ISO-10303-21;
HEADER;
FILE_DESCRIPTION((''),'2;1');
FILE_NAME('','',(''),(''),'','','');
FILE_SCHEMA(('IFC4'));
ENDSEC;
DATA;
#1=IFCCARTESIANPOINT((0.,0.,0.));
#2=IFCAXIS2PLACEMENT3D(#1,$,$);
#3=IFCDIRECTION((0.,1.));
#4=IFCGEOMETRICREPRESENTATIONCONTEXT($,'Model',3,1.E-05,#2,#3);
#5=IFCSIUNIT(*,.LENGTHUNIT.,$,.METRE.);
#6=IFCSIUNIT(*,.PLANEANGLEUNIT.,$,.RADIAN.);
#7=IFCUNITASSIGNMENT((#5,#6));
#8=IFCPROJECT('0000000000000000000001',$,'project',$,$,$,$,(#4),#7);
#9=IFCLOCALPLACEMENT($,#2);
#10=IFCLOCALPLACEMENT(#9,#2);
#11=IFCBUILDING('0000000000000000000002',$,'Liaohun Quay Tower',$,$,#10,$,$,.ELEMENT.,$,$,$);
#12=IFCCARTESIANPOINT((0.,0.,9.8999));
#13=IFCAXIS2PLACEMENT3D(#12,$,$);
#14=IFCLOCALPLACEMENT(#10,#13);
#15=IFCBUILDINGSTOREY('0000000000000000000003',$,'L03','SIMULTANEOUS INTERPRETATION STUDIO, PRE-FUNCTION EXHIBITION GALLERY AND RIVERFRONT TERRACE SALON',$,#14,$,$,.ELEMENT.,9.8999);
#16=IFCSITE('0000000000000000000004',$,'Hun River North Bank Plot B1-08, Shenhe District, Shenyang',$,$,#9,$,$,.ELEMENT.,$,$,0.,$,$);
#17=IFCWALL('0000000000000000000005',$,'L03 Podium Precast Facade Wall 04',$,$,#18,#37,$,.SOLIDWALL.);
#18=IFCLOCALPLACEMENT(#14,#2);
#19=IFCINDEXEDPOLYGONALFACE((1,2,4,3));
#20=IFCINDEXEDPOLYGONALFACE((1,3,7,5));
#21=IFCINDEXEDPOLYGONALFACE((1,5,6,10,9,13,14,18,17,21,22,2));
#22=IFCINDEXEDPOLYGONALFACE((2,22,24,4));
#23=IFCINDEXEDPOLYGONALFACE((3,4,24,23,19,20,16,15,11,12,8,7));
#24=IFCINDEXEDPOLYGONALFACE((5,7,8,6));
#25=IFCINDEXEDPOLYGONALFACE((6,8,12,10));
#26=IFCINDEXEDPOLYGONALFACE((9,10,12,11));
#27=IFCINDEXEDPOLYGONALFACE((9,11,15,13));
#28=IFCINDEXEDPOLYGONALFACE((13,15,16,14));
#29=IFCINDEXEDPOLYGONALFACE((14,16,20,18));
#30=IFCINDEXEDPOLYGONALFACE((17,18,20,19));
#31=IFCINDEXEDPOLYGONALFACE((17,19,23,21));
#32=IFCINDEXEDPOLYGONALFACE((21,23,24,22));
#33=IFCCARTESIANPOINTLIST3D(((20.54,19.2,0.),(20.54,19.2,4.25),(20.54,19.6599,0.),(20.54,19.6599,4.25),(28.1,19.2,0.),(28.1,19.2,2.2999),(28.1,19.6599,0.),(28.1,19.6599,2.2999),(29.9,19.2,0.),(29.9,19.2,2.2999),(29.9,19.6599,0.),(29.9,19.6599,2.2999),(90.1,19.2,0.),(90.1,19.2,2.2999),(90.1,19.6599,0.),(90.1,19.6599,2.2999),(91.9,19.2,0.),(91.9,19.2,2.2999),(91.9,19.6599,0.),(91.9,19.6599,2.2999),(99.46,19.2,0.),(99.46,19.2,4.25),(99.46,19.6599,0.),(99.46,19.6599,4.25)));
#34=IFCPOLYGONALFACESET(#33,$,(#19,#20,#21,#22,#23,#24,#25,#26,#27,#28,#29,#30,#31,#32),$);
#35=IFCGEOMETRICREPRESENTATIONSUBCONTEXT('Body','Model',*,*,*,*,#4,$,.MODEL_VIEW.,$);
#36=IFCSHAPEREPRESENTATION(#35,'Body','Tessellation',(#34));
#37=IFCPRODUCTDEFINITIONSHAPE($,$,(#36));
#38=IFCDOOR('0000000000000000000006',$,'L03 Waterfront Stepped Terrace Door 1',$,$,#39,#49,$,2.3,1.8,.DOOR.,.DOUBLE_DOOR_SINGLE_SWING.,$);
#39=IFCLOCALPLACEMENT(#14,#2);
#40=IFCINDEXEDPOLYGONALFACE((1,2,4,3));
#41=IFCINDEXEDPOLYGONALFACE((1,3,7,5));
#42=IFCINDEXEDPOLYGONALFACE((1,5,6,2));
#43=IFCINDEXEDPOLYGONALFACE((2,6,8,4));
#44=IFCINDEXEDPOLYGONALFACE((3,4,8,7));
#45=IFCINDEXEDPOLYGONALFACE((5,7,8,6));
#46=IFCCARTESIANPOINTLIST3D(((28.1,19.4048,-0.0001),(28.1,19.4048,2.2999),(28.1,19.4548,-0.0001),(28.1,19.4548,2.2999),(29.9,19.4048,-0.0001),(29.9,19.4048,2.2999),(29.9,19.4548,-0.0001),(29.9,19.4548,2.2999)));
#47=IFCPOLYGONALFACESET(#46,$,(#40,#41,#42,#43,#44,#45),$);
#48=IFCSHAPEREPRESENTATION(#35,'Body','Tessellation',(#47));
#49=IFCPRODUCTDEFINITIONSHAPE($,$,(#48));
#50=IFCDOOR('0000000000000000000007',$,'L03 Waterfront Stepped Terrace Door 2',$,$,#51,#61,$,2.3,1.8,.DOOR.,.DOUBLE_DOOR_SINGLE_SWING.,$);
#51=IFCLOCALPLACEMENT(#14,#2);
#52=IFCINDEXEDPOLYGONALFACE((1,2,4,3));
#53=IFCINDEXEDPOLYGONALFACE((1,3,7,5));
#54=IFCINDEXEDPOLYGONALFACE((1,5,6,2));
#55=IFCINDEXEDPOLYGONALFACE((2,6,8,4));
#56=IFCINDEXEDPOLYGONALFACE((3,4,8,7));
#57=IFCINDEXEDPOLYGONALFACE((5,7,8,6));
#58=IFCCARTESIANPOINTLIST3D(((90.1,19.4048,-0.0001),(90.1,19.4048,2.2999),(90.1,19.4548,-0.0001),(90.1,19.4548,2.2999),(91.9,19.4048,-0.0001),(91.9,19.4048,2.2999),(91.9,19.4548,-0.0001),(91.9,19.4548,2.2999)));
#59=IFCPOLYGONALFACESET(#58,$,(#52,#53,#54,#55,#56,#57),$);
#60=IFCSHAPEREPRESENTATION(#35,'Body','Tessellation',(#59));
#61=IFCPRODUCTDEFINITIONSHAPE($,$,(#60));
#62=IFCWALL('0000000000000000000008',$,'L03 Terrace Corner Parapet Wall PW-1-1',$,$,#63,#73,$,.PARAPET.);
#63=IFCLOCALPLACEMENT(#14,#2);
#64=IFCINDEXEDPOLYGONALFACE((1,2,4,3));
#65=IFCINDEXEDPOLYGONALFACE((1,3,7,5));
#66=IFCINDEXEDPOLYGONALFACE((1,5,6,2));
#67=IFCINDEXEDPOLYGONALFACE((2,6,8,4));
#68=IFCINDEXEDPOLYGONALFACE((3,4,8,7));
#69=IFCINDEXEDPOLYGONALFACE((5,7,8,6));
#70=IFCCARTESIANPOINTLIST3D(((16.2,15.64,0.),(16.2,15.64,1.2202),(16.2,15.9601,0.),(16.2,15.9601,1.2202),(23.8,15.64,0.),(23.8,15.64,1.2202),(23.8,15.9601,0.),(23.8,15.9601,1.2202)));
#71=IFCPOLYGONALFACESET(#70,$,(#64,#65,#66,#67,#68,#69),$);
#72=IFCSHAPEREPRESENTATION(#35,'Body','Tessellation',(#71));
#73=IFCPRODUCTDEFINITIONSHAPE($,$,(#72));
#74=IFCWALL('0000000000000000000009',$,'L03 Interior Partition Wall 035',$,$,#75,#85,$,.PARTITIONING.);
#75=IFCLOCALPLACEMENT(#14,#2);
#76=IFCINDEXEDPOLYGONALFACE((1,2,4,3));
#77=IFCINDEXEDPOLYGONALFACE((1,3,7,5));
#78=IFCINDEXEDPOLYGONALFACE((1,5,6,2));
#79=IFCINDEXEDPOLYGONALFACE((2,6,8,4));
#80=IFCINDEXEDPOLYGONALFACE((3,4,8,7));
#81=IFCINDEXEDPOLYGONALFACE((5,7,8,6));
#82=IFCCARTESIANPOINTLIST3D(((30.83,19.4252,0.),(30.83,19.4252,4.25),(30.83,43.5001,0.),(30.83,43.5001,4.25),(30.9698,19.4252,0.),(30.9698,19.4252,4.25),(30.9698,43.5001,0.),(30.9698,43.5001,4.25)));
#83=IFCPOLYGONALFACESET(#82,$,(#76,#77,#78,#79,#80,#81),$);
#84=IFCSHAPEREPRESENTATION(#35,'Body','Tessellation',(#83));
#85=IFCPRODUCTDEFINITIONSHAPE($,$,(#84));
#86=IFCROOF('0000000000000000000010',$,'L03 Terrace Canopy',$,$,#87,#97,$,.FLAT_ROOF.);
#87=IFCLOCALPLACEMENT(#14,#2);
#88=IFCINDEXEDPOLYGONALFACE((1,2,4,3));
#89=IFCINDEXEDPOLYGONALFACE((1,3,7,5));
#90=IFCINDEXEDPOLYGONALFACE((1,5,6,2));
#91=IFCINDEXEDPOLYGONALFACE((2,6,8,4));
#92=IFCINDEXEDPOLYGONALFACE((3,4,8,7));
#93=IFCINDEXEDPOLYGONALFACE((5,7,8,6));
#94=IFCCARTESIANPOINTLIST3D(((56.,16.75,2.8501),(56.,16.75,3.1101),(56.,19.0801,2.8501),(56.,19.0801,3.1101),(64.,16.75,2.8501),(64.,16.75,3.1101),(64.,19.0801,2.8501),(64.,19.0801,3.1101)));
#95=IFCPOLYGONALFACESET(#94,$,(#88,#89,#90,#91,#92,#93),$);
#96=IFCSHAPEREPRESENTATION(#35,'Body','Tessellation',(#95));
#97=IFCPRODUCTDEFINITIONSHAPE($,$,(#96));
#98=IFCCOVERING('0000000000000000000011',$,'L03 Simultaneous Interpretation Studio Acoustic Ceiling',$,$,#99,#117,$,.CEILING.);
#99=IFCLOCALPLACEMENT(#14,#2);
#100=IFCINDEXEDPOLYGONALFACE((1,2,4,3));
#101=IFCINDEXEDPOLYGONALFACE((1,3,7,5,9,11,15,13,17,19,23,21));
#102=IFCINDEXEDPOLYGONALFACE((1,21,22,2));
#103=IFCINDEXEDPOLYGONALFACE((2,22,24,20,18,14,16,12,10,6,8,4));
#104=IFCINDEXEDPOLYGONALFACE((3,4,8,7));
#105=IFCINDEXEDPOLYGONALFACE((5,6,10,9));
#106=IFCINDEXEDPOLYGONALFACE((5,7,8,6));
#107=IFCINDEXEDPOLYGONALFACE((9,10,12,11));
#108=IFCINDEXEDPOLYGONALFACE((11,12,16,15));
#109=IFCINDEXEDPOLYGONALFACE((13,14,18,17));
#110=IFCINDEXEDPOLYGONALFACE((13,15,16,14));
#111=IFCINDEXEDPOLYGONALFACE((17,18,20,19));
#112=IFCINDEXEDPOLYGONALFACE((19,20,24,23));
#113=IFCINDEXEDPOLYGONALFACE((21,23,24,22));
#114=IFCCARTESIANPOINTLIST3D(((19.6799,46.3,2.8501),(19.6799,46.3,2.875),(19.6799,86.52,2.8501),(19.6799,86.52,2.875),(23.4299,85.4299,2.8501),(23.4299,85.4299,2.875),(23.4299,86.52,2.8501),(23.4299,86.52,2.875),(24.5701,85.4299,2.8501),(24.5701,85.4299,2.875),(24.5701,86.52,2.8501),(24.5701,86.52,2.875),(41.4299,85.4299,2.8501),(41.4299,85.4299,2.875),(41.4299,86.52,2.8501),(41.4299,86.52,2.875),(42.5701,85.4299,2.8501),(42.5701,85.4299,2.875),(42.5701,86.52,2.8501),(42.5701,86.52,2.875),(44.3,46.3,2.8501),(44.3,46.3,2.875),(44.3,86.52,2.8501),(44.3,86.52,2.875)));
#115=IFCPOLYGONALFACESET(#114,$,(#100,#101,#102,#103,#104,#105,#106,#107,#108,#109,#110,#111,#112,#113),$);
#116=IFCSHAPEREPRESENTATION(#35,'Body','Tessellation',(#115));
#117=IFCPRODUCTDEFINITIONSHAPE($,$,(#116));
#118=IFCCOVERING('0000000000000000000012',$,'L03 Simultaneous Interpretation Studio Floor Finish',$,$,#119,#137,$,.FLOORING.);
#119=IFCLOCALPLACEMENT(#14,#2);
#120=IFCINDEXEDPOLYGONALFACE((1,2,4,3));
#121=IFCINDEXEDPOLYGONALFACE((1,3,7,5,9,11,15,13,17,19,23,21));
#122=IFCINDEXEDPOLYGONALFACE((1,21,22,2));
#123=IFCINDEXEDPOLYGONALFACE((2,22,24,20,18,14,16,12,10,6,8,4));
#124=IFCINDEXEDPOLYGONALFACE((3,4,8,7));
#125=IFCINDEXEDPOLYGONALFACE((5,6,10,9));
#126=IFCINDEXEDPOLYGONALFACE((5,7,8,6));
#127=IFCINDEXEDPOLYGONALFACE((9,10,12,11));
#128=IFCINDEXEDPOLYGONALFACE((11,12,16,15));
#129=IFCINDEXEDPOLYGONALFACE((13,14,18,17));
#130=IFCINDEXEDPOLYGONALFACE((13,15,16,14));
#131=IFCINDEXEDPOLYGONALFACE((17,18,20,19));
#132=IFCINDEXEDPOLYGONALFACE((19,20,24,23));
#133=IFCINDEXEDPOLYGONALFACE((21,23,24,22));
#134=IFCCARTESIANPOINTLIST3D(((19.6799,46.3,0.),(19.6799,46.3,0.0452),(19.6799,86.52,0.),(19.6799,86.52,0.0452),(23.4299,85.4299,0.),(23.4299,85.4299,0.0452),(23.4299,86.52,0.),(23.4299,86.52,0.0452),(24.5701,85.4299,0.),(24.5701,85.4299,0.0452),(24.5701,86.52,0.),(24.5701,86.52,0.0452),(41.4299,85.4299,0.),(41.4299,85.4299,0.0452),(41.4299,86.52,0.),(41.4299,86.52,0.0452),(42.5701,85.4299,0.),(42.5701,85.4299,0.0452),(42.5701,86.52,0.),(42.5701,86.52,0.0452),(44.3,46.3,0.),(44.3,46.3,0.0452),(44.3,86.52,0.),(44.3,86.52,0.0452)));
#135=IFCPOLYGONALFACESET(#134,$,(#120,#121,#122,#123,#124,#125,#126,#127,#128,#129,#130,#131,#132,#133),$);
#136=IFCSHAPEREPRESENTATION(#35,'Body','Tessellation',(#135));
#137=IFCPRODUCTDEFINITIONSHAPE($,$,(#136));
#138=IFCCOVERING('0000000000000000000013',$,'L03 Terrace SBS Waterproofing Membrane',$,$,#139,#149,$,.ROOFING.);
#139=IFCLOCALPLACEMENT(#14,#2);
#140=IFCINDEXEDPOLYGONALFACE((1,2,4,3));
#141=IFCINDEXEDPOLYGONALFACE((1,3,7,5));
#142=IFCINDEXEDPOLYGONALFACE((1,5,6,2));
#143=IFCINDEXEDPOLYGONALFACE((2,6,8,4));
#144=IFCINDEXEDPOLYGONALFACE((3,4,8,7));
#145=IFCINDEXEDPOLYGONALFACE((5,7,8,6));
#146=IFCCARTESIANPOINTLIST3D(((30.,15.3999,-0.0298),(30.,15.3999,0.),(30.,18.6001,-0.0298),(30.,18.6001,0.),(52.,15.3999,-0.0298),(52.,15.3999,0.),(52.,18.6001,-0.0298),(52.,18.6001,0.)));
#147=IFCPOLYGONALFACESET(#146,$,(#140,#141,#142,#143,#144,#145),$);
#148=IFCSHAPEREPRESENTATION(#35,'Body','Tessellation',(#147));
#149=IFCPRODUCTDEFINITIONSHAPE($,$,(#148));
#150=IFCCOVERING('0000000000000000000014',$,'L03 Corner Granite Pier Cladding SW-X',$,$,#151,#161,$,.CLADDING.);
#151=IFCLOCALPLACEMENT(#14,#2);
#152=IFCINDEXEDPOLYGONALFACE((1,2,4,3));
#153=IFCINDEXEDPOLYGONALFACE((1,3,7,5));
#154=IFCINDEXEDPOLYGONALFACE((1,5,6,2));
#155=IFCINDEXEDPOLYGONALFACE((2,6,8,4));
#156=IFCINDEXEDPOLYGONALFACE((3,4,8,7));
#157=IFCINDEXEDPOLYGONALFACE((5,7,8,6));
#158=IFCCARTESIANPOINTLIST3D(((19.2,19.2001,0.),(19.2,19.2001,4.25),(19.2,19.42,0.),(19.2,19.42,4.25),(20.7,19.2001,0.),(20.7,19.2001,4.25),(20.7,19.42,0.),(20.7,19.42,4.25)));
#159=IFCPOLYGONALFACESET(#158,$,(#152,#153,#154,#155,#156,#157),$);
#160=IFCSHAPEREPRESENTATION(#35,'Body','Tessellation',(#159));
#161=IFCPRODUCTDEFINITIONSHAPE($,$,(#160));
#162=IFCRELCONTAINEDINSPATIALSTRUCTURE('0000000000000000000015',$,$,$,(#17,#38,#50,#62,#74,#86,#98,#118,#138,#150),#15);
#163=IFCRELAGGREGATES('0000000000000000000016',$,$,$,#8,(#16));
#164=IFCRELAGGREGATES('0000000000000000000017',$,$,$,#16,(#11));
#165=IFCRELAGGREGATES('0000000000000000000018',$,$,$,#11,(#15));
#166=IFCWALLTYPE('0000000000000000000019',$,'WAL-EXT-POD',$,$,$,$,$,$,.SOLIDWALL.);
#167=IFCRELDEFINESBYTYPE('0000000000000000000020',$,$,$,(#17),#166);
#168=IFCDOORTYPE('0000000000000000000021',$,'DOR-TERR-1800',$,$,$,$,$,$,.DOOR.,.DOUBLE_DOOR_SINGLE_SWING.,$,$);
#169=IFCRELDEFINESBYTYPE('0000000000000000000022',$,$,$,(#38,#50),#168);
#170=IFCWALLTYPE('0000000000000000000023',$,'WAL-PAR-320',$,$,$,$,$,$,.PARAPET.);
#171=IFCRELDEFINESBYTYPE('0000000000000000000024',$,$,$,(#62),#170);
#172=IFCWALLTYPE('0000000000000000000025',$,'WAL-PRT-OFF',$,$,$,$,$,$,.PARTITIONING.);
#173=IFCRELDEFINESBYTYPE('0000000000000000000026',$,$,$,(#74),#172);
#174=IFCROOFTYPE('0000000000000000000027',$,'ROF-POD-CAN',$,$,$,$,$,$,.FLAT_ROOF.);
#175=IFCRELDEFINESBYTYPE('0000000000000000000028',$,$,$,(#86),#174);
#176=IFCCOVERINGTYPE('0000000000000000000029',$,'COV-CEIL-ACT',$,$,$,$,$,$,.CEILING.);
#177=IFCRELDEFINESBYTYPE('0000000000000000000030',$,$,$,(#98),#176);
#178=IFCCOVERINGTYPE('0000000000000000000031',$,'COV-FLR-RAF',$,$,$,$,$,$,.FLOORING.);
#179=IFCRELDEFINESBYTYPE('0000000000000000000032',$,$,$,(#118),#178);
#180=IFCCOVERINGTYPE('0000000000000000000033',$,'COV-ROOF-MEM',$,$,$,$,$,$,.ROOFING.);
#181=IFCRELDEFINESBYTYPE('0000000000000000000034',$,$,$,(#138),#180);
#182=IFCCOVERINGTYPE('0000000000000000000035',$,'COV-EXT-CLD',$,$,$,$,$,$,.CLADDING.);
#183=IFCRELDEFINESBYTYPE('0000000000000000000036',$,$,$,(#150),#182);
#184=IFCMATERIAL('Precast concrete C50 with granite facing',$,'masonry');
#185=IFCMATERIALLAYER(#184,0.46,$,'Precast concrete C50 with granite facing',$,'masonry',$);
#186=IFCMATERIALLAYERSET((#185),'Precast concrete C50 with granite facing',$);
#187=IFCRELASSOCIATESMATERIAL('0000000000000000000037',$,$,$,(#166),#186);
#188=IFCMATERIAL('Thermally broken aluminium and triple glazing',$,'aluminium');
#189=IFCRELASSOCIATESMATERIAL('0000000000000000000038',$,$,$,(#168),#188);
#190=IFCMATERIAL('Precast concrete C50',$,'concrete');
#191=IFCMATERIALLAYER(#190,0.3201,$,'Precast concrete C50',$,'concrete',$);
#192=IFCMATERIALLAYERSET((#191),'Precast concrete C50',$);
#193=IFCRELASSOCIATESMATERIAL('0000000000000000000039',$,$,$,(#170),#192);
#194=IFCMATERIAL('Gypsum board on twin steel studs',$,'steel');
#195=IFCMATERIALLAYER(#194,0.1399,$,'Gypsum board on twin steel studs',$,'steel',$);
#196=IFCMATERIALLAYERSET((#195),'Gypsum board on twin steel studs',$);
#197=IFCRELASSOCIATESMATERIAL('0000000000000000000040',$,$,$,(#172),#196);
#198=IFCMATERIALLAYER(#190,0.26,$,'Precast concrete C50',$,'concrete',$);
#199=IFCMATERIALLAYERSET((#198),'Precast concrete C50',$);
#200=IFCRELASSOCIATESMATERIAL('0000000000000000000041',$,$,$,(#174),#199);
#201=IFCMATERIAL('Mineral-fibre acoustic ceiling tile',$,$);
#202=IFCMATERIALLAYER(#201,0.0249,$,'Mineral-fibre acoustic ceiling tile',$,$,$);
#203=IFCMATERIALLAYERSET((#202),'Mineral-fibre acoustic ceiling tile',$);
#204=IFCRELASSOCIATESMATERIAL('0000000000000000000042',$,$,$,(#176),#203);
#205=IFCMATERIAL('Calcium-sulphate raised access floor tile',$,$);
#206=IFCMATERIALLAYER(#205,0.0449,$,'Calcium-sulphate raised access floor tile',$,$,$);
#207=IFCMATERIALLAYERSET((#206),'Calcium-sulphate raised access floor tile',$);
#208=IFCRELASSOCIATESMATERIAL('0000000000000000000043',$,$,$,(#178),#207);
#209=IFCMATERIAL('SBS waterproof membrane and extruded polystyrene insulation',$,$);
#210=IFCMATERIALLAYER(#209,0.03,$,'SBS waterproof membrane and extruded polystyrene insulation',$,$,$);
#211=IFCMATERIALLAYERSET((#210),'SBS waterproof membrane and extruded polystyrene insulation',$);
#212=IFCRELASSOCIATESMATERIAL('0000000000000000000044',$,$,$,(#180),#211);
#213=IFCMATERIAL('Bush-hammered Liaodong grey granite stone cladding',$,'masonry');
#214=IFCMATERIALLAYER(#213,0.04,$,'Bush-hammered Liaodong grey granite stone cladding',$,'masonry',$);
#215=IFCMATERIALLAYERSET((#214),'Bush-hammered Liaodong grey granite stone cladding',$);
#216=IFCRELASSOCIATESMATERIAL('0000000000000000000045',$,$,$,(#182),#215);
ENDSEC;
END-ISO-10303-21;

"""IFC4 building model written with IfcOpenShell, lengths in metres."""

from ifc_helpers import new_model, si_unit, direction, frame, frame_2d, origin, origin_2d, place, context, subcontext, project, spatial, polyline, rectangle, outline, extrude, source, transform, mapped, material, layer, layer_set, type_object, element, fill, save


model = new_model("IFC4")

# Units and contexts
model_context = context("Model", 3, precision=1e-05, world=origin(), true_north=direction((0.0, 1.0)))
body_context = subcontext(model_context, "Body", "Model", "MODEL_VIEW")
ifc_project = project(units=[si_unit("LENGTHUNIT", "METRE"), si_unit("PLANEANGLEUNIT", "RADIAN")], contexts=[model_context])

# Site, building, storey
site_placement = place(None, origin())
site = spatial("IfcSite", under=ifc_project, at=site_placement, Name="Hun River North Bank Plot B1-08, Shenhe District, Shenyang", CompositionType="ELEMENT", RefElevation=0.0)
building_placement = place(site_placement, origin())
building = spatial("IfcBuilding", under=site, at=building_placement, Name="Liaohun Quay Tower", CompositionType="ELEMENT")
storey_placement = place(building_placement, frame((0.0, 0.0, 9.8999)))
storey = spatial("IfcBuildingStorey", under=building, at=storey_placement, Name="L03", Description="SIMULTANEOUS INTERPRETATION STUDIO, PRE-FUNCTION EXHIBITION GALLERY AND RIVERFRONT TERRACE SALON", CompositionType="ELEMENT", Elevation=9.8999)

# Shared definitions
ifc_material_1 = material(Name="Precast concrete C50", Category="concrete")

# Wall, openings, doors
ifc_material_2 = material(Name="Precast concrete C50 with granite facing", Category="masonry")
ifc_layer_1 = layer(ifc_material_2, 0.46, Name="Precast concrete C50 with granite facing", Category="masonry")
ifc_layer_set_1 = layer_set([ifc_layer_1], Name="Precast concrete C50 with granite facing")
wall_type_1 = type_object("IfcWallType", Name="WAL-EXT-POD", PredefinedType="SOLIDWALL", material=ifc_layer_set_1)
wall_1_placement = place(storey_placement, frame((20.54, 19.4299, 0.0), z_axis=(0.0, 0.0, 1.0), x_axis=(1.0, 0.0, 0.0)))
wall_1 = element("IfcWall", 1, at=wall_1_placement, inside=storey, type_object=wall_type_1, Name="L03 Podium Precast Facade Wall 04", PredefinedType="SOLIDWALL", context=body_context, shape_type="SweptSolid", body=[
    extrude(rectangle(XDim=78.9199, YDim=0.46, at=frame_2d((39.46, 0.0))), origin(), (0.0, 0.0, 1.0), 4.25),
])
shared_shape_1 = source(origin(), body_context, "Body", "SweptSolid", [
    extrude(rectangle(XDim=1.8, YDim=2.3, at=frame_2d((0.8999, 1.1499))), frame((0.0, 0.24, 0.0), z_axis=(0.0, -1.0, 0.0), x_axis=(1.0, 0.0, 0.0)), (0.0, 0.0, 1.0), 0.48),
])
opening_1_placement = place(wall_1_placement, frame((7.5601, 0.0, 0.0)))
opening_1 = element("IfcOpeningElement", 2, at=opening_1_placement, cuts=wall_1, PredefinedType="OPENING", context=body_context, shape_type="MappedRepresentation", body=[
    mapped(shared_shape_1, transform((0.0, 0.0, 0.0), x_axis=(1.0, 0.0, 0.0), y_axis=(0.0, 1.0, 0.0), z_axis=(0.0, 0.0, 1.0), scale=1.0)),
])
opening_2_placement = place(wall_1_placement, frame((69.5601, 0.0, 0.0)))
opening_2 = element("IfcOpeningElement", 3, at=opening_2_placement, cuts=wall_1, PredefinedType="OPENING", context=body_context, shape_type="MappedRepresentation", body=[
    mapped(shared_shape_1, transform((0.0, 0.0, 0.0), x_axis=(1.0, 0.0, 0.0), y_axis=(0.0, 1.0, 0.0), z_axis=(0.0, 0.0, 1.0), scale=1.0)),
])
ifc_material_3 = material(Name="Thermally broken aluminium and triple glazing", Category="aluminium")
door_type = type_object("IfcDoorType", Name="DOR-TERR-1800", OperationType="DOUBLE_DOOR_SINGLE_SWING", PredefinedType="DOOR", material=ifc_material_3)
shared_shape_2 = source(origin(), body_context, "Body", "SweptSolid", [
    extrude(rectangle(XDim=1.8, YDim=2.3, at=frame_2d((0.8999, 1.1499))), frame((0.0, 0.0249, 0.0), z_axis=(0.0, -1.0, 0.0), x_axis=(1.0, 0.0, 0.0)), (0.0, 0.0, 1.0), 0.05),
])
door_1_placement = place(opening_1_placement, origin())
door_1 = element("IfcDoor", 4, at=door_1_placement, inside=storey, type_object=door_type, Name="L03 Waterfront Stepped Terrace Door 1", OperationType="DOUBLE_DOOR_SINGLE_SWING", OverallHeight=2.3, OverallWidth=1.8, PredefinedType="DOOR", context=body_context, shape_type="MappedRepresentation", body=[
    mapped(shared_shape_2, transform((0.0, 0.0, 0.0), x_axis=(1.0, 0.0, 0.0), y_axis=(0.0, 1.0, 0.0), z_axis=(0.0, 0.0, 1.0), scale=1.0)),
])
fill(opening_1, door_1)
door_2_placement = place(opening_2_placement, origin())
door_2 = element("IfcDoor", 5, at=door_2_placement, inside=storey, type_object=door_type, Name="L03 Waterfront Stepped Terrace Door 2", OperationType="DOUBLE_DOOR_SINGLE_SWING", OverallHeight=2.3, OverallWidth=1.8, PredefinedType="DOOR", context=body_context, shape_type="MappedRepresentation", body=[
    mapped(shared_shape_2, transform((0.0, 0.0, 0.0), x_axis=(1.0, 0.0, 0.0), y_axis=(0.0, 1.0, 0.0), z_axis=(0.0, 0.0, 1.0), scale=1.0)),
])
fill(opening_2, door_2)

# Walls
ifc_layer_2 = layer(ifc_material_1, 0.3201, Name="Precast concrete C50", Category="concrete")
ifc_layer_set_2 = layer_set([ifc_layer_2], Name="Precast concrete C50")
wall_type_2 = type_object("IfcWallType", Name="WAL-PAR-320", PredefinedType="PARAPET", material=ifc_layer_set_2)
wall_2_placement = place(storey_placement, frame((16.2, 15.8, 0.0), z_axis=(0.0, 0.0, 1.0), x_axis=(1.0, 0.0, 0.0)))
element("IfcWall", 6, at=wall_2_placement, inside=storey, type_object=wall_type_2, Name="L03 Terrace Corner Parapet Wall PW-1-1", PredefinedType="PARAPET", context=body_context, shape_type="SweptSolid", body=[
    extrude(rectangle(XDim=7.6001, YDim=0.3201, at=frame_2d((3.8, 0.0))), origin(), (0.0, 0.0, 1.0), 1.2202),
])
ifc_material_4 = material(Name="Gypsum board on twin steel studs", Category="steel")
ifc_layer_3 = layer(ifc_material_4, 0.1399, Name="Gypsum board on twin steel studs", Category="steel")
ifc_layer_set_3 = layer_set([ifc_layer_3], Name="Gypsum board on twin steel studs")
wall_type_3 = type_object("IfcWallType", Name="WAL-PRT-OFF", PredefinedType="PARTITIONING", material=ifc_layer_set_3)
wall_3_placement = place(storey_placement, frame((30.8999, 19.425, 0.0), z_axis=(0.0, 0.0, 1.0), x_axis=(0.0, 1.0, 0.0)))
element("IfcWall", 7, at=wall_3_placement, inside=storey, type_object=wall_type_3, Name="L03 Interior Partition Wall 035", PredefinedType="PARTITIONING", context=body_context, shape_type="SweptSolid", body=[
    extrude(rectangle(XDim=24.075, YDim=0.1399, at=frame_2d((12.0376, 0.0))), origin(), (0.0, 0.0, 1.0), 4.25),
])

# Roof
ifc_layer_4 = layer(ifc_material_1, 0.26, Name="Precast concrete C50", Category="concrete")
ifc_layer_set_4 = layer_set([ifc_layer_4], Name="Precast concrete C50")
roof_type = type_object("IfcRoofType", Name="ROF-POD-CAN", PredefinedType="FLAT_ROOF", material=ifc_layer_set_4)
roof_placement = place(storey_placement, frame((0.0, 0.0, 2.8501)))
element("IfcRoof", 8, at=roof_placement, inside=storey, type_object=roof_type, Name="L03 Terrace Canopy", PredefinedType="FLAT_ROOF", context=body_context, shape_type="SweptSolid", body=[
    extrude(outline(polyline([(56.0, 16.75), (64.0, 16.75), (64.0, 19.0801), (56.0, 19.0801), (56.0, 16.75)])), origin(), (0.0, 0.0, 1.0), 0.26),
])

# Coverings
ifc_material_5 = material(Name="Mineral-fibre acoustic ceiling tile")
ifc_layer_5 = layer(ifc_material_5, 0.0249, Name="Mineral-fibre acoustic ceiling tile")
ifc_layer_set_5 = layer_set([ifc_layer_5], Name="Mineral-fibre acoustic ceiling tile")
covering_type_1 = type_object("IfcCoveringType", Name="COV-CEIL-ACT", PredefinedType="CEILING", material=ifc_layer_set_5)
covering_1_placement = place(storey_placement, frame((0.0, 0.0, 2.8501)))
element("IfcCovering", 9, at=covering_1_placement, inside=storey, type_object=covering_type_1, Name="L03 Simultaneous Interpretation Studio Acoustic Ceiling", PredefinedType="CEILING", context=body_context, shape_type="SweptSolid", body=[
    extrude(outline(polyline([(42.5701, 86.52), (42.5701, 85.4299), (41.4299, 85.4299), (41.4299, 86.52), (24.5701, 86.52), (24.5701, 85.4299), (23.4299, 85.4299), (23.4299, 86.52), (19.6799, 86.52), (19.6799, 46.3), (44.3, 46.3), (44.3, 86.52), (42.5701, 86.52)])), origin(), (0.0, 0.0, 1.0), 0.0249),
])
ifc_material_6 = material(Name="Calcium-sulphate raised access floor tile")
ifc_layer_6 = layer(ifc_material_6, 0.0449, Name="Calcium-sulphate raised access floor tile")
ifc_layer_set_6 = layer_set([ifc_layer_6], Name="Calcium-sulphate raised access floor tile")
covering_type_2 = type_object("IfcCoveringType", Name="COV-FLR-RAF", PredefinedType="FLOORING", material=ifc_layer_set_6)
covering_2_placement = place(storey_placement, origin())
element("IfcCovering", 10, at=covering_2_placement, inside=storey, type_object=covering_type_2, Name="L03 Simultaneous Interpretation Studio Floor Finish", PredefinedType="FLOORING", context=body_context, shape_type="SweptSolid", body=[
    extrude(outline(polyline([(42.5701, 86.52), (42.5701, 85.4299), (41.4299, 85.4299), (41.4299, 86.52), (24.5701, 86.52), (24.5701, 85.4299), (23.4299, 85.4299), (23.4299, 86.52), (19.6799, 86.52), (19.6799, 46.3), (44.3, 46.3), (44.3, 86.52), (42.5701, 86.52)])), origin(), (0.0, 0.0, 1.0), 0.0452),
])
ifc_material_7 = material(Name="SBS waterproof membrane and extruded polystyrene insulation")
ifc_layer_7 = layer(ifc_material_7, 0.03, Name="SBS waterproof membrane and extruded polystyrene insulation")
ifc_layer_set_7 = layer_set([ifc_layer_7], Name="SBS waterproof membrane and extruded polystyrene insulation")
covering_type_3 = type_object("IfcCoveringType", Name="COV-ROOF-MEM", PredefinedType="ROOFING", material=ifc_layer_set_7)
covering_3_placement = place(storey_placement, frame((0.0, 0.0, -0.0298)))
element("IfcCovering", 11, at=covering_3_placement, inside=storey, type_object=covering_type_3, Name="L03 Terrace SBS Waterproofing Membrane", PredefinedType="ROOFING", context=body_context, shape_type="SweptSolid", body=[
    extrude(outline(polyline([(30.0, 15.3999), (52.0, 15.3999), (52.0, 18.6001), (30.0, 18.6001), (30.0, 15.3999)])), origin(), (0.0, 0.0, 1.0), 0.0298),
])

# Covering
ifc_material_8 = material(Name="Bush-hammered Liaodong grey granite stone cladding", Category="masonry")
ifc_layer_8 = layer(ifc_material_8, 0.04, Name="Bush-hammered Liaodong grey granite stone cladding", Category="masonry")
ifc_layer_set_8 = layer_set([ifc_layer_8], Name="Bush-hammered Liaodong grey granite stone cladding")
covering_type_4 = type_object("IfcCoveringType", Name="COV-EXT-CLD", PredefinedType="CLADDING", material=ifc_layer_set_8)
shared_shape_3 = source(origin(), body_context, "Body", "SweptSolid", [
    extrude(rectangle(XDim=1.5, YDim=0.22, at=origin_2d()), origin(), (0.0, 0.0, 1.0), 4.25),
])
covering_4_placement = place(storey_placement, frame((19.95, 19.3101, 0.0), z_axis=(0.0, 0.0, 1.0), x_axis=(1.0, 0.0, 0.0)))
element("IfcCovering", 12, at=covering_4_placement, inside=storey, type_object=covering_type_4, Name="L03 Corner Granite Pier Cladding SW-X", PredefinedType="CLADDING", context=body_context, shape_type="MappedRepresentation", body=[
    mapped(shared_shape_3, transform((0.0, 0.0, 0.0), x_axis=(1.0, 0.0, 0.0), y_axis=(0.0, 1.0, 0.0), z_axis=(0.0, 0.0, 1.0), scale=1.0)),
])

save(model, "model.ifc")
